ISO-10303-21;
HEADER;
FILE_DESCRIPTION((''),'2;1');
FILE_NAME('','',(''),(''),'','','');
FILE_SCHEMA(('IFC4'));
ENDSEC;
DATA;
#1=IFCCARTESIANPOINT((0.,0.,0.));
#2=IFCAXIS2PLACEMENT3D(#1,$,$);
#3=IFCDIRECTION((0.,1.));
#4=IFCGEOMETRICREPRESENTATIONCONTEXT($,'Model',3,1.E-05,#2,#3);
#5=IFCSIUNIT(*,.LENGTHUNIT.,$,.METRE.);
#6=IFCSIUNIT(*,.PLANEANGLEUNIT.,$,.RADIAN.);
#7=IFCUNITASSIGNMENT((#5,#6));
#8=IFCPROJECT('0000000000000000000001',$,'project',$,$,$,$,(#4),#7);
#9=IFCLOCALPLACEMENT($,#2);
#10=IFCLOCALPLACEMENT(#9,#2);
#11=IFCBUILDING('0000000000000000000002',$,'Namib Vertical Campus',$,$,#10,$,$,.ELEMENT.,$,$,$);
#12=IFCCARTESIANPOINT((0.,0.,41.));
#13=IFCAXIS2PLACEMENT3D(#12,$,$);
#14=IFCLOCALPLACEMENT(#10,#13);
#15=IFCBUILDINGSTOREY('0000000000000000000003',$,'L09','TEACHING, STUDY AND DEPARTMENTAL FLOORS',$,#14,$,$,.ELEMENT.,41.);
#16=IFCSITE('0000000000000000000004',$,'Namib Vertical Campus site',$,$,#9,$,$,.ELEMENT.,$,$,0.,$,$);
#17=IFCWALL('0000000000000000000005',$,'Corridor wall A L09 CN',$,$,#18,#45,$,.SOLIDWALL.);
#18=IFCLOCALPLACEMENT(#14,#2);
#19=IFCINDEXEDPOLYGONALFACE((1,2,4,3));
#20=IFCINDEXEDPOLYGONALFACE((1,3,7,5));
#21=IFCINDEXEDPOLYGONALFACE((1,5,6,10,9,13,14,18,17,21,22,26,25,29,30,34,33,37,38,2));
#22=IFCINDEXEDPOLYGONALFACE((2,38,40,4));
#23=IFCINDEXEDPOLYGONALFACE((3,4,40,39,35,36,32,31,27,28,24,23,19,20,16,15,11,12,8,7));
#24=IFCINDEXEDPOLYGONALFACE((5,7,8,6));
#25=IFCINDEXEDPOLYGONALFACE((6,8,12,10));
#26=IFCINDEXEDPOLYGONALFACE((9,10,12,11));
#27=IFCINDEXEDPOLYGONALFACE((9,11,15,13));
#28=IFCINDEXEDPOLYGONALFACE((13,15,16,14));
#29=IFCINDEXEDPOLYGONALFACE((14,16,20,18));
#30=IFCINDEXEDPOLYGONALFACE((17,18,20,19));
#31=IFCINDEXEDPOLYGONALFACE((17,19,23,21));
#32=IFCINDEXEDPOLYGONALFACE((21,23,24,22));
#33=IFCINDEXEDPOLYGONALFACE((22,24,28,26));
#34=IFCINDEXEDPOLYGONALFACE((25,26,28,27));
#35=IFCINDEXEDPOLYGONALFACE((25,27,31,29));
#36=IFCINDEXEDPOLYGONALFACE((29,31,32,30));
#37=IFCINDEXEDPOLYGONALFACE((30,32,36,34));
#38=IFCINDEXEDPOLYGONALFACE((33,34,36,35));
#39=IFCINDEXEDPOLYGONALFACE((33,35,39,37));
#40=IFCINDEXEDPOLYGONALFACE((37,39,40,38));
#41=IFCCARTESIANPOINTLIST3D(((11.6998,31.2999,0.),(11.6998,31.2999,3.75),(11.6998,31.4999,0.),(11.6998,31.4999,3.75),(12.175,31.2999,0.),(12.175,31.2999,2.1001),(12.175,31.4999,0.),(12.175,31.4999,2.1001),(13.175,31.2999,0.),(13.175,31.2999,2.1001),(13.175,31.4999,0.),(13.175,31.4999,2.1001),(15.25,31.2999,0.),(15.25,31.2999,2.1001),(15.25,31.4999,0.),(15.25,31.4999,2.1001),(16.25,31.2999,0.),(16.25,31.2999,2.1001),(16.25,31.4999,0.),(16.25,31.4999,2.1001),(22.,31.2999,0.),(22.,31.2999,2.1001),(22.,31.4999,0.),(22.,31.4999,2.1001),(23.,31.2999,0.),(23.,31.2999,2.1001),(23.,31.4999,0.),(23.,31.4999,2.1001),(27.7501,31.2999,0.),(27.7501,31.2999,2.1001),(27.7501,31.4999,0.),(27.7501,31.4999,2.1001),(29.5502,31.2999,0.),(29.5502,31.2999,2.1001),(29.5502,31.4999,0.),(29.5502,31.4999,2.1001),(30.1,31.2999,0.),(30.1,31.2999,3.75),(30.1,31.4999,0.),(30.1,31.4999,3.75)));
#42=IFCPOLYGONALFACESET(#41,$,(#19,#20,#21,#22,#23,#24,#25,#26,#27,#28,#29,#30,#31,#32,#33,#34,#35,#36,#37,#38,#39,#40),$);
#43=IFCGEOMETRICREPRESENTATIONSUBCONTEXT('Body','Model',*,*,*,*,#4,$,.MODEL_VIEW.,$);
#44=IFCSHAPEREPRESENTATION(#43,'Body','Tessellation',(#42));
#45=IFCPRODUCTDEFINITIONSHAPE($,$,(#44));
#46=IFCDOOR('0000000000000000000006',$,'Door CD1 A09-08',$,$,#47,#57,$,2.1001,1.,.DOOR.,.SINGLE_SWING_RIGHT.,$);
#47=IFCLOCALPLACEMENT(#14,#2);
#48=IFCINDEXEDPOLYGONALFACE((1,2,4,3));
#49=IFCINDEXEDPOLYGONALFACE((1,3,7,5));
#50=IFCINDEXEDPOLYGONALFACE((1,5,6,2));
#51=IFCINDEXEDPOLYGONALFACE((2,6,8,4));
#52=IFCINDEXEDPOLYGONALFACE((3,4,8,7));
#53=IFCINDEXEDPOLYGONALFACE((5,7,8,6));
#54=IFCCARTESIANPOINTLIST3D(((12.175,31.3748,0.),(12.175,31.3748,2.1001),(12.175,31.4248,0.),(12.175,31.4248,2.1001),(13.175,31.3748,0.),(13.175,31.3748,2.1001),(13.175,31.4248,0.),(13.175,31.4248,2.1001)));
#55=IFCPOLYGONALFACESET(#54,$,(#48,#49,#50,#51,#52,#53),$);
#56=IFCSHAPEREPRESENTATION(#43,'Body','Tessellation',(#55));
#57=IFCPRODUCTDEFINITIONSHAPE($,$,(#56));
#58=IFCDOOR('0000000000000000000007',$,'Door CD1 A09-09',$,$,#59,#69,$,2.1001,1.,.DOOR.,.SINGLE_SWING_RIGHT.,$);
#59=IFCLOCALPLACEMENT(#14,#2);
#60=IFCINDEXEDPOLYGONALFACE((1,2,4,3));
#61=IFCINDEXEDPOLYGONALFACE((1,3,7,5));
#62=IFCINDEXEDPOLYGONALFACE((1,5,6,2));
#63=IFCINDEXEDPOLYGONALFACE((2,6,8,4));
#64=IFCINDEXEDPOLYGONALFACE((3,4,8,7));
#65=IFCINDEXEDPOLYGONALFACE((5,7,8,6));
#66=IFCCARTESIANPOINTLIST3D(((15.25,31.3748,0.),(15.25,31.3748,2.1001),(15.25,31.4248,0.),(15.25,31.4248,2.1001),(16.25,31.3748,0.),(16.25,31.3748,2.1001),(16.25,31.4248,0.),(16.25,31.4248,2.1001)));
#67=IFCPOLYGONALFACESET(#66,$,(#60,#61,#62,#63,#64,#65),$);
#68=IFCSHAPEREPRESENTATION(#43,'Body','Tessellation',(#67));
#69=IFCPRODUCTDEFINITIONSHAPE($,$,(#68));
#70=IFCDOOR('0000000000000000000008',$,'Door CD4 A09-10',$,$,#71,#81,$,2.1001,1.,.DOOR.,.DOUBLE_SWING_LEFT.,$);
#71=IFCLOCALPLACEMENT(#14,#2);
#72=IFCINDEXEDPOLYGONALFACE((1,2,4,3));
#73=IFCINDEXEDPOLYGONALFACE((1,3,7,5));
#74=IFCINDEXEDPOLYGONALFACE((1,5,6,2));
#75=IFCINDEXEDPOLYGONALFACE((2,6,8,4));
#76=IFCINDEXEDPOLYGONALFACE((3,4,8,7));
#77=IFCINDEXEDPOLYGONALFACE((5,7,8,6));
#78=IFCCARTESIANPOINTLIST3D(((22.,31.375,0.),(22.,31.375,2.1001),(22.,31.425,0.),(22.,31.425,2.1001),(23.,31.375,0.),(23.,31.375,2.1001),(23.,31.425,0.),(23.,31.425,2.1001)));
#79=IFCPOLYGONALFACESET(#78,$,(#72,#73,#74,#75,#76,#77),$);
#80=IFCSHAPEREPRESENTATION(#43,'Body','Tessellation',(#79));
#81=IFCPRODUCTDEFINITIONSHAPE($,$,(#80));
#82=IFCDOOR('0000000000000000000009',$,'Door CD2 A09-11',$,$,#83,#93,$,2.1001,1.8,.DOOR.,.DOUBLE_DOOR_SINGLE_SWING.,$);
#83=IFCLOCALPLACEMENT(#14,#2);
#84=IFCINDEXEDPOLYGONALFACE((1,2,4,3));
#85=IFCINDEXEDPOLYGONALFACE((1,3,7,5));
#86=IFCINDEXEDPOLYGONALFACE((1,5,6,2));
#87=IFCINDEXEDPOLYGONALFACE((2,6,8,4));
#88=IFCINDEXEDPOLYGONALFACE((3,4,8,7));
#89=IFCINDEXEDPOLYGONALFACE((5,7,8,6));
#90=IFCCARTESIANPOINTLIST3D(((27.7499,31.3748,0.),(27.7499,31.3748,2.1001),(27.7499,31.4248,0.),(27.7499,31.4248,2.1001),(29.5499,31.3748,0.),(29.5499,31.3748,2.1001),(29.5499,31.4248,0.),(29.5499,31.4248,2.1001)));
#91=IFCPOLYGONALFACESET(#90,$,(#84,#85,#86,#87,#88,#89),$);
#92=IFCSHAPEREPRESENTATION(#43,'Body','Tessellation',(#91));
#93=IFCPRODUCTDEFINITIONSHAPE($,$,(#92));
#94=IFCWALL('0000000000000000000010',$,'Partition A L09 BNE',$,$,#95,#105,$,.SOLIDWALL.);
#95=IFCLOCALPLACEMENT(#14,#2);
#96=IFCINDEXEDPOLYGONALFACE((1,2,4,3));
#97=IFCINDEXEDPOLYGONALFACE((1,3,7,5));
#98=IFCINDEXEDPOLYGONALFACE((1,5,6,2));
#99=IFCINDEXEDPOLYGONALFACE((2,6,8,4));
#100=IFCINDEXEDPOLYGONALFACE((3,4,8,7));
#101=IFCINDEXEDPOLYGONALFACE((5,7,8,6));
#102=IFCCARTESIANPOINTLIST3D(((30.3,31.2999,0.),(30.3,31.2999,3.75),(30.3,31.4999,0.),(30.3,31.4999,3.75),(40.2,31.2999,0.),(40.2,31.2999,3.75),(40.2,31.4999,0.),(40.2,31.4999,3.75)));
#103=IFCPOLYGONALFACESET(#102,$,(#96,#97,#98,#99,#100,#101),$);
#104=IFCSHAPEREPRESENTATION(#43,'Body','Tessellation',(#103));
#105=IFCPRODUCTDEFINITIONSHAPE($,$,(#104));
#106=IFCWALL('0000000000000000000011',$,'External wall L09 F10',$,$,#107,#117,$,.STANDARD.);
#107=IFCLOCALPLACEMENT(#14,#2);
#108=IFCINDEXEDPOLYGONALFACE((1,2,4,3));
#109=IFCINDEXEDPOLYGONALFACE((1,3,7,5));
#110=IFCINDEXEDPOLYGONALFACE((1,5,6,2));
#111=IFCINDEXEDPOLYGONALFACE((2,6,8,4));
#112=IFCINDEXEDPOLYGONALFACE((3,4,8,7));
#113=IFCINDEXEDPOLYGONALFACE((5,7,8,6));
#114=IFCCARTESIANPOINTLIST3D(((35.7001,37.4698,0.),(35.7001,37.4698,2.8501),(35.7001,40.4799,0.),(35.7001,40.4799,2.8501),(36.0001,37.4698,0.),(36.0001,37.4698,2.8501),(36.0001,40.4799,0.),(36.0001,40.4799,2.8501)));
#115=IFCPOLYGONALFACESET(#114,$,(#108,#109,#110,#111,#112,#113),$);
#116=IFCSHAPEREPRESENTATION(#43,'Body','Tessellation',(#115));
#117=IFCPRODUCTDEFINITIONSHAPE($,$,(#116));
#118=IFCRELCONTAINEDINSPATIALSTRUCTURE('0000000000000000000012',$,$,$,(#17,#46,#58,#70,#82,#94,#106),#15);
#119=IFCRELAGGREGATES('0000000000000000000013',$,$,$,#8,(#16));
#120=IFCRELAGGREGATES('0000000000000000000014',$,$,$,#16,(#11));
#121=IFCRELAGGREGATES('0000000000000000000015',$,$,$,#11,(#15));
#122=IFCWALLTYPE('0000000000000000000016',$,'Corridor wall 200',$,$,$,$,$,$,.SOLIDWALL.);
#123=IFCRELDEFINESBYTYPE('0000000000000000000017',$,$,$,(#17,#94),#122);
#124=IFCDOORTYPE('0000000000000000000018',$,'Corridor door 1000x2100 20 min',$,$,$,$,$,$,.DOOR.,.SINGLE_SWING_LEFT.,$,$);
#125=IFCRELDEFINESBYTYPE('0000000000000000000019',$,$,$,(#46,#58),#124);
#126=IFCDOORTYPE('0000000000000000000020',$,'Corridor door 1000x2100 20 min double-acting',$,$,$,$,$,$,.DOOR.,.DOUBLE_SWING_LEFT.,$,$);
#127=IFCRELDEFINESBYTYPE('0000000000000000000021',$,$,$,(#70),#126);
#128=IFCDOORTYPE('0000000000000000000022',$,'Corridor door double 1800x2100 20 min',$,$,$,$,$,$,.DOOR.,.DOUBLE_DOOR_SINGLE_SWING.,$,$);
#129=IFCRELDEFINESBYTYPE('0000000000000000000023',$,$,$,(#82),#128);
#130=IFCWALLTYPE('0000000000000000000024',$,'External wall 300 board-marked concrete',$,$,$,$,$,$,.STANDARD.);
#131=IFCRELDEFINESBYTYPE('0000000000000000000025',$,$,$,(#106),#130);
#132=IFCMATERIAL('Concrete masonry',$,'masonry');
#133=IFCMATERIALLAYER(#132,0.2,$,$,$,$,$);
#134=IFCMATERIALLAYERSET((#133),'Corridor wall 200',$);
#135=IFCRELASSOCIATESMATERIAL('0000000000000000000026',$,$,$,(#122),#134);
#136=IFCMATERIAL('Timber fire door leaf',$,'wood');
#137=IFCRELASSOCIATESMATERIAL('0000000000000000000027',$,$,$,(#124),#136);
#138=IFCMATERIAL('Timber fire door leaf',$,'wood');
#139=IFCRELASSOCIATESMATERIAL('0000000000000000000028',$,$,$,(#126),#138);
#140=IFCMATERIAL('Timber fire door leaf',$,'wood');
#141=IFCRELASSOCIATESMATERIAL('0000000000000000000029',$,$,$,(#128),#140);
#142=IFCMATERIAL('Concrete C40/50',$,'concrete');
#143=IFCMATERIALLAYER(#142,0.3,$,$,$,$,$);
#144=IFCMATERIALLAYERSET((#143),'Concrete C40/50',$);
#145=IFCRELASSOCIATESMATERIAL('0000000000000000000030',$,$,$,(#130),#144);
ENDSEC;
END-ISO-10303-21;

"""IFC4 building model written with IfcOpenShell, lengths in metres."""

from ifc_helpers import new_model, si_unit, direction, frame, frame_2d, origin, place, context, subcontext, project, spatial, rectangle, extrude, material, layer, layer_set, type_object, element, fill, save


model = new_model("IFC4")

# Units and contexts
model_context = context("Model", 3, precision=1e-05, world=origin(), true_north=direction((0.0, 1.0)))
body_context = subcontext(model_context, "Body", "Model", "MODEL_VIEW")
ifc_project = project(units=[si_unit("LENGTHUNIT", "METRE"), si_unit("PLANEANGLEUNIT", "RADIAN")], contexts=[model_context])

# Site, building, storey
site_placement = place(None, origin())
site = spatial("IfcSite", under=ifc_project, at=site_placement, Name="Namib Vertical Campus site", CompositionType="ELEMENT", RefElevation=0.0)
building_placement = place(site_placement, origin())
building = spatial("IfcBuilding", under=site, at=building_placement, Name="Namib Vertical Campus", CompositionType="ELEMENT")
storey_placement = place(building_placement, frame((0.0, 0.0, 41.0)))
storey = spatial("IfcBuildingStorey", under=building, at=storey_placement, Name="L09", Description="TEACHING, STUDY AND DEPARTMENTAL FLOORS", CompositionType="ELEMENT", Elevation=41.0)

# Wall, openings, doors
ifc_material_1 = material(Name="Concrete masonry", Category="masonry")
ifc_layer_1 = layer(ifc_material_1, 0.2)
ifc_layer_set_1 = layer_set([ifc_layer_1], Name="Corridor wall 200")
wall_type_1 = type_object("IfcWallType", Name="Corridor wall 200", PredefinedType="SOLIDWALL", material=ifc_layer_set_1)
wall_1_placement = place(storey_placement, frame((30.1001, 31.3999, 0.0), z_axis=(0.0, 0.0, 1.0), x_axis=(-1.0, 0.0, 0.0)))
wall_1 = element("IfcWall", 1, at=wall_1_placement, inside=storey, type_object=wall_type_1, Name="Corridor wall A L09 CN", PredefinedType="SOLIDWALL", context=body_context, shape_type="SweptSolid", body=[
    extrude(rectangle(XDim=18.4001, YDim=0.2, at=frame_2d((9.2002, 0.0))), origin(), (0.0, 0.0, 1.0), 3.75),
])
opening_1_placement = place(wall_1_placement, frame((16.925, 0.0, 0.0)))
opening_1 = element("IfcOpeningElement", 2, at=opening_1_placement, cuts=wall_1, PredefinedType="OPENING", context=body_context, shape_type="SweptSolid", body=[
    extrude(rectangle(XDim=1.0, YDim=2.1001, at=frame_2d((0.5, 1.05))), frame((0.0, 0.1099, 0.0), z_axis=(0.0, -1.0, 0.0), x_axis=(1.0, 0.0, 0.0)), (0.0, 0.0, 1.0), 0.22),
])
opening_2_placement = place(wall_1_placement, frame((13.8501, 0.0, 0.0)))
opening_2 = element("IfcOpeningElement", 3, at=opening_2_placement, cuts=wall_1, PredefinedType="OPENING", context=body_context, shape_type="SweptSolid", body=[
    extrude(rectangle(XDim=1.0, YDim=2.1001, at=frame_2d((0.5, 1.05))), frame((0.0, 0.1099, 0.0), z_axis=(0.0, -1.0, 0.0), x_axis=(1.0, 0.0, 0.0)), (0.0, 0.0, 1.0), 0.22),
])
opening_3_placement = place(wall_1_placement, frame((7.1001, 0.0, 0.0)))
opening_3 = element("IfcOpeningElement", 4, at=opening_3_placement, cuts=wall_1, PredefinedType="OPENING", context=body_context, shape_type="SweptSolid", body=[
    extrude(rectangle(XDim=1.0, YDim=2.1001, at=frame_2d((0.5, 1.05))), frame((0.0, 0.1099, 0.0), z_axis=(0.0, -1.0, 0.0), x_axis=(1.0, 0.0, 0.0)), (0.0, 0.0, 1.0), 0.22),
])
opening_4_placement = place(wall_1_placement, frame((0.55, 0.0, 0.0)))
opening_4 = element("IfcOpeningElement", 5, at=opening_4_placement, cuts=wall_1, PredefinedType="OPENING", context=body_context, shape_type="SweptSolid", body=[
    extrude(rectangle(XDim=1.8, YDim=2.1001, at=frame_2d((0.8999, 1.05))), frame((0.0, 0.1099, 0.0), z_axis=(0.0, -1.0, 0.0), x_axis=(1.0, 0.0, 0.0)), (0.0, 0.0, 1.0), 0.22),
])
ifc_material_2 = material(Name="Timber fire door leaf", Category="wood")
door_type_1 = type_object("IfcDoorType", Name="Corridor door 1000x2100 20 min", OperationType="SINGLE_SWING_LEFT", PredefinedType="DOOR", material=ifc_material_2)
door_1_placement = place(opening_1_placement, frame((1.0, 0.0, 0.0), z_axis=(0.0, 0.0, 1.0), x_axis=(-1.0, 0.0, 0.0)))
door_1 = element("IfcDoor", 6, at=door_1_placement, inside=storey, type_object=door_type_1, Name="Door CD1 A09-08", OperationType="SINGLE_SWING_RIGHT", OverallHeight=2.1001, OverallWidth=1.0, PredefinedType="DOOR", context=body_context, shape_type="SweptSolid", body=[
    extrude(rectangle(XDim=1.0, YDim=2.1001, at=frame_2d((0.5, 1.05))), frame((0.0, 0.0249, 0.0), z_axis=(0.0, -1.0, 0.0), x_axis=(1.0, 0.0, 0.0)), (0.0, 0.0, 1.0), 0.05),
])
fill(opening_1, door_1)
door_2_placement = place(opening_2_placement, frame((1.0, 0.0, 0.0), z_axis=(0.0, 0.0, 1.0), x_axis=(-1.0, 0.0, 0.0)))
door_2 = element("IfcDoor", 7, at=door_2_placement, inside=storey, type_object=door_type_1, Name="Door CD1 A09-09", OperationType="SINGLE_SWING_RIGHT", OverallHeight=2.1001, OverallWidth=1.0, PredefinedType="DOOR", context=body_context, shape_type="SweptSolid", body=[
    extrude(rectangle(XDim=1.0, YDim=2.1001, at=frame_2d((0.5, 1.05))), frame((0.0, 0.0249, 0.0), z_axis=(0.0, -1.0, 0.0), x_axis=(1.0, 0.0, 0.0)), (0.0, 0.0, 1.0), 0.05),
])
fill(opening_2, door_2)
ifc_material_3 = material(Name="Timber fire door leaf", Category="wood")
door_type_2 = type_object("IfcDoorType", Name="Corridor door 1000x2100 20 min double-acting", OperationType="DOUBLE_SWING_LEFT", PredefinedType="DOOR", material=ifc_material_3)
door_3_placement = place(opening_3_placement, origin())
door_3 = element("IfcDoor", 8, at=door_3_placement, inside=storey, type_object=door_type_2, Name="Door CD4 A09-10", OperationType="DOUBLE_SWING_LEFT", OverallHeight=2.1001, OverallWidth=1.0, PredefinedType="DOOR", context=body_context, shape_type="SweptSolid", body=[
    extrude(rectangle(XDim=1.0, YDim=2.1001, at=frame_2d((0.5, 1.05))), frame((0.0, 0.0249, 0.0), z_axis=(0.0, -1.0, 0.0), x_axis=(1.0, 0.0, 0.0)), (0.0, 0.0, 1.0), 0.05),
])
fill(opening_3, door_3)
ifc_material_4 = material(Name="Timber fire door leaf", Category="wood")
door_type_3 = type_object("IfcDoorType", Name="Corridor door double 1800x2100 20 min", OperationType="DOUBLE_DOOR_SINGLE_SWING", PredefinedType="DOOR", material=ifc_material_4)
door_4_placement = place(opening_4_placement, frame((1.8, 0.0, 0.0), z_axis=(0.0, 0.0, 1.0), x_axis=(-1.0, 0.0, 0.0)))
door_4 = element("IfcDoor", 9, at=door_4_placement, inside=storey, type_object=door_type_3, Name="Door CD2 A09-11", OperationType="DOUBLE_DOOR_SINGLE_SWING", OverallHeight=2.1001, OverallWidth=1.8, PredefinedType="DOOR", context=body_context, shape_type="SweptSolid", body=[
    extrude(rectangle(XDim=1.8, YDim=2.1001, at=frame_2d((0.8999, 1.05))), frame((0.0, 0.0249, 0.0), z_axis=(0.0, -1.0, 0.0), x_axis=(1.0, 0.0, 0.0)), (0.0, 0.0, 1.0), 0.05),
])
fill(opening_4, door_4)

# Walls
wall_2_placement = place(storey_placement, frame((30.3, 31.3999, 0.0), z_axis=(0.0, 0.0, 1.0), x_axis=(1.0, 0.0, 0.0)))
element("IfcWall", 10, at=wall_2_placement, inside=storey, type_object=wall_type_1, Name="Partition A L09 BNE", PredefinedType="SOLIDWALL", context=body_context, shape_type="SweptSolid", body=[
    extrude(rectangle(XDim=9.8999, YDim=0.2, at=frame_2d((4.95, 0.0))), origin(), (0.0, 0.0, 1.0), 3.75),
])
ifc_material_5 = material(Name="Concrete C40/50", Category="concrete")
ifc_layer_2 = layer(ifc_material_5, 0.3)
ifc_layer_set_2 = layer_set([ifc_layer_2], Name="Concrete C40/50")
wall_type_2 = type_object("IfcWallType", Name="External wall 300 board-marked concrete", PredefinedType="STANDARD", material=ifc_layer_set_2)
wall_3_placement = place(storey_placement, frame((35.8501, 37.47, 0.0), z_axis=(0.0, 0.0, 1.0), x_axis=(0.0, 1.0, 0.0)))
element("IfcWall", 11, at=wall_3_placement, inside=storey, type_object=wall_type_2, Name="External wall L09 F10", PredefinedType="STANDARD", context=body_context, shape_type="SweptSolid", body=[
    extrude(rectangle(XDim=3.01, YDim=0.3, at=frame_2d((1.5049, 0.0))), origin(), (0.0, 0.0, 1.0), 2.8501),
])

save(model, "model.ifc")
